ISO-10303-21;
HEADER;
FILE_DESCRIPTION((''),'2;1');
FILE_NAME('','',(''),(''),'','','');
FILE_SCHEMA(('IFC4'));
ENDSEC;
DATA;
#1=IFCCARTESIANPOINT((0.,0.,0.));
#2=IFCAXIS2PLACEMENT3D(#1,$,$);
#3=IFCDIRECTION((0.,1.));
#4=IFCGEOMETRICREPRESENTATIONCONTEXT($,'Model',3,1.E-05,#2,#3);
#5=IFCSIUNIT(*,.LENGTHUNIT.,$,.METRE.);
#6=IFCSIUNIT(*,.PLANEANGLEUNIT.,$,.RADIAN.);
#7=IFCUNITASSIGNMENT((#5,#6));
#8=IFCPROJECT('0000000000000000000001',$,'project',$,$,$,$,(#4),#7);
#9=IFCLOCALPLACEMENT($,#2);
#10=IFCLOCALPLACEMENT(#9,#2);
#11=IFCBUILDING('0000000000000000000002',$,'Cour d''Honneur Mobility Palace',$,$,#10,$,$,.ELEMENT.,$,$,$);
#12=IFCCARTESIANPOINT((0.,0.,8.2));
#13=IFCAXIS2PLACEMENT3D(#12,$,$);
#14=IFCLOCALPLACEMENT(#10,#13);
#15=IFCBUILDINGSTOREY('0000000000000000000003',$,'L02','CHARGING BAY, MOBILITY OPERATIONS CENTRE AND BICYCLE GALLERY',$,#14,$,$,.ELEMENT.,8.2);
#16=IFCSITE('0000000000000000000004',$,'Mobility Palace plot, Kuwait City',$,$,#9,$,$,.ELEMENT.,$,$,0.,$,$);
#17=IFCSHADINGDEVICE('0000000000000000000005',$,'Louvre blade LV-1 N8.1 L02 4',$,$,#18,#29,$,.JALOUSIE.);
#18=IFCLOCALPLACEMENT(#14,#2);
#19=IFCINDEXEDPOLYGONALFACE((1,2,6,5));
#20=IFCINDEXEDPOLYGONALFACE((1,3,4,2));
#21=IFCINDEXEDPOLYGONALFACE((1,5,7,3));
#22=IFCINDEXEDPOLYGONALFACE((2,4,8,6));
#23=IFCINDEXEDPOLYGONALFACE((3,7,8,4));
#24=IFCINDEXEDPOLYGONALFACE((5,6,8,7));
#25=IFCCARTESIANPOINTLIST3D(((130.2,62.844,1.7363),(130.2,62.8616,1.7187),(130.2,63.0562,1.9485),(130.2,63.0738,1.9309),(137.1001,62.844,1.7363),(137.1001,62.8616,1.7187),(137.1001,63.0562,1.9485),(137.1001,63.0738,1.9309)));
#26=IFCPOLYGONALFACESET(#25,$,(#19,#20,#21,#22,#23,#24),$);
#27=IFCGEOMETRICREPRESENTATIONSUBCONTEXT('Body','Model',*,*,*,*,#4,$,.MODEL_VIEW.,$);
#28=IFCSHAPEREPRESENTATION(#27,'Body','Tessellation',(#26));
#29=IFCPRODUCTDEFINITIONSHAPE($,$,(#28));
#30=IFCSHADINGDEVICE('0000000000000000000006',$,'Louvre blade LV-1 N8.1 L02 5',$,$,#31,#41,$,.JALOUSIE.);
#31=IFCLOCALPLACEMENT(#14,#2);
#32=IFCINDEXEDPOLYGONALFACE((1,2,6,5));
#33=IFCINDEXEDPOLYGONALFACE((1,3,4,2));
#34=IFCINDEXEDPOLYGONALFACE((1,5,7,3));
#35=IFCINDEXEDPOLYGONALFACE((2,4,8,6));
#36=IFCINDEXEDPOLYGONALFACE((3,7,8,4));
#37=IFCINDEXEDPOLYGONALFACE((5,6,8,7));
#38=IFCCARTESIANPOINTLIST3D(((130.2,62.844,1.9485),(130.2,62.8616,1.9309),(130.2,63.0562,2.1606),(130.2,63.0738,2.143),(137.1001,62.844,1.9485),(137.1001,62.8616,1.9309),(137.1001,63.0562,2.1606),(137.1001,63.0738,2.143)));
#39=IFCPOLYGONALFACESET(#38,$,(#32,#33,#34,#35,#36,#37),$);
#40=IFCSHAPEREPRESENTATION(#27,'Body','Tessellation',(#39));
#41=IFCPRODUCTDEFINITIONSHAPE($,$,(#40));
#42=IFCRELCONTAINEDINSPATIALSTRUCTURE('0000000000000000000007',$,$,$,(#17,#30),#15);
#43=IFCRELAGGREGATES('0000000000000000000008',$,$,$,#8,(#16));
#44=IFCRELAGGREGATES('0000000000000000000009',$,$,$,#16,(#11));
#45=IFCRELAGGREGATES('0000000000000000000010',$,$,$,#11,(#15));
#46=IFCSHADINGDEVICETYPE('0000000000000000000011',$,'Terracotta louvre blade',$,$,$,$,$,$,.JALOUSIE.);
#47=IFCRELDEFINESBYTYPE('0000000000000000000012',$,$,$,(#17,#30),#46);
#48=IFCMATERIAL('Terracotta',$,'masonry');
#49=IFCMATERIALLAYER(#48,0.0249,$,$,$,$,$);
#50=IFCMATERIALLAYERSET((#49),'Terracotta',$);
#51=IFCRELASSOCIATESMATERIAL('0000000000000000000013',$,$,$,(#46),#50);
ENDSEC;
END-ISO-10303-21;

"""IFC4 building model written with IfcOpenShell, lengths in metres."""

from ifc_helpers import new_model, si_unit, direction, frame, origin, place, context, subcontext, project, spatial, polyline, outline, extrude, material, layer, layer_set, type_object, element, save


model = new_model("IFC4")

# Units and contexts
model_context = context("Model", 3, precision=1e-05, world=origin(), true_north=direction((0.0, 1.0)))
body_context = subcontext(model_context, "Body", "Model", "MODEL_VIEW")
ifc_project = project(units=[si_unit("LENGTHUNIT", "METRE"), si_unit("PLANEANGLEUNIT", "RADIAN")], contexts=[model_context])

# Site, building, storey
site_placement = place(None, origin())
site = spatial("IfcSite", under=ifc_project, at=site_placement, Name="Mobility Palace plot, Kuwait City", CompositionType="ELEMENT", RefElevation=0.0)
building_placement = place(site_placement, origin())
building = spatial("IfcBuilding", under=site, at=building_placement, Name="Cour d'Honneur Mobility Palace", CompositionType="ELEMENT")
storey_placement = place(building_placement, frame((0.0, 0.0, 8.2)))
storey = spatial("IfcBuildingStorey", under=building, at=storey_placement, Name="L02", Description="CHARGING BAY, MOBILITY OPERATIONS CENTRE AND BICYCLE GALLERY", CompositionType="ELEMENT", Elevation=8.2)

# Shading devices
ifc_material_1 = material(Name="Terracotta", Category="masonry")
ifc_layer_1 = layer(ifc_material_1, 0.0249)
ifc_layer_set_1 = layer_set([ifc_layer_1], Name="Terracotta")
shading_device_type = type_object("IfcShadingDeviceType", Name="Terracotta louvre blade", PredefinedType="JALOUSIE", material=ifc_layer_set_1)
for number, where, z_axis, x_axis, name in (
    (1, (137.1001, 62.844, 1.7363), (0.0, -0.707107, 0.707107), (-1.0, 0.0, 0.0), "Louvre blade LV-1 N8.1 L02 4"),
    (2, (137.1001, 62.844, 1.9485), (0.0, -0.707107, 0.707107), (-1.0, 0.0, 0.0), "Louvre blade LV-1 N8.1 L02 5"),
):
    element("IfcShadingDevice", number, at=place(storey_placement, frame(where, z_axis=z_axis, x_axis=x_axis)), inside=storey, type_object=shading_device_type, Name=name, PredefinedType="JALOUSIE", context=body_context, shape_type="SweptSolid", body=[
        extrude(outline(polyline([(0.0, 0.0), (6.9001, 0.0), (6.9001, -0.3), (0.0, -0.3), (0.0, 0.0)])), origin(), (0.0, 0.0, -1.0), 0.0249),
    ])

save(model, "model.ifc")
